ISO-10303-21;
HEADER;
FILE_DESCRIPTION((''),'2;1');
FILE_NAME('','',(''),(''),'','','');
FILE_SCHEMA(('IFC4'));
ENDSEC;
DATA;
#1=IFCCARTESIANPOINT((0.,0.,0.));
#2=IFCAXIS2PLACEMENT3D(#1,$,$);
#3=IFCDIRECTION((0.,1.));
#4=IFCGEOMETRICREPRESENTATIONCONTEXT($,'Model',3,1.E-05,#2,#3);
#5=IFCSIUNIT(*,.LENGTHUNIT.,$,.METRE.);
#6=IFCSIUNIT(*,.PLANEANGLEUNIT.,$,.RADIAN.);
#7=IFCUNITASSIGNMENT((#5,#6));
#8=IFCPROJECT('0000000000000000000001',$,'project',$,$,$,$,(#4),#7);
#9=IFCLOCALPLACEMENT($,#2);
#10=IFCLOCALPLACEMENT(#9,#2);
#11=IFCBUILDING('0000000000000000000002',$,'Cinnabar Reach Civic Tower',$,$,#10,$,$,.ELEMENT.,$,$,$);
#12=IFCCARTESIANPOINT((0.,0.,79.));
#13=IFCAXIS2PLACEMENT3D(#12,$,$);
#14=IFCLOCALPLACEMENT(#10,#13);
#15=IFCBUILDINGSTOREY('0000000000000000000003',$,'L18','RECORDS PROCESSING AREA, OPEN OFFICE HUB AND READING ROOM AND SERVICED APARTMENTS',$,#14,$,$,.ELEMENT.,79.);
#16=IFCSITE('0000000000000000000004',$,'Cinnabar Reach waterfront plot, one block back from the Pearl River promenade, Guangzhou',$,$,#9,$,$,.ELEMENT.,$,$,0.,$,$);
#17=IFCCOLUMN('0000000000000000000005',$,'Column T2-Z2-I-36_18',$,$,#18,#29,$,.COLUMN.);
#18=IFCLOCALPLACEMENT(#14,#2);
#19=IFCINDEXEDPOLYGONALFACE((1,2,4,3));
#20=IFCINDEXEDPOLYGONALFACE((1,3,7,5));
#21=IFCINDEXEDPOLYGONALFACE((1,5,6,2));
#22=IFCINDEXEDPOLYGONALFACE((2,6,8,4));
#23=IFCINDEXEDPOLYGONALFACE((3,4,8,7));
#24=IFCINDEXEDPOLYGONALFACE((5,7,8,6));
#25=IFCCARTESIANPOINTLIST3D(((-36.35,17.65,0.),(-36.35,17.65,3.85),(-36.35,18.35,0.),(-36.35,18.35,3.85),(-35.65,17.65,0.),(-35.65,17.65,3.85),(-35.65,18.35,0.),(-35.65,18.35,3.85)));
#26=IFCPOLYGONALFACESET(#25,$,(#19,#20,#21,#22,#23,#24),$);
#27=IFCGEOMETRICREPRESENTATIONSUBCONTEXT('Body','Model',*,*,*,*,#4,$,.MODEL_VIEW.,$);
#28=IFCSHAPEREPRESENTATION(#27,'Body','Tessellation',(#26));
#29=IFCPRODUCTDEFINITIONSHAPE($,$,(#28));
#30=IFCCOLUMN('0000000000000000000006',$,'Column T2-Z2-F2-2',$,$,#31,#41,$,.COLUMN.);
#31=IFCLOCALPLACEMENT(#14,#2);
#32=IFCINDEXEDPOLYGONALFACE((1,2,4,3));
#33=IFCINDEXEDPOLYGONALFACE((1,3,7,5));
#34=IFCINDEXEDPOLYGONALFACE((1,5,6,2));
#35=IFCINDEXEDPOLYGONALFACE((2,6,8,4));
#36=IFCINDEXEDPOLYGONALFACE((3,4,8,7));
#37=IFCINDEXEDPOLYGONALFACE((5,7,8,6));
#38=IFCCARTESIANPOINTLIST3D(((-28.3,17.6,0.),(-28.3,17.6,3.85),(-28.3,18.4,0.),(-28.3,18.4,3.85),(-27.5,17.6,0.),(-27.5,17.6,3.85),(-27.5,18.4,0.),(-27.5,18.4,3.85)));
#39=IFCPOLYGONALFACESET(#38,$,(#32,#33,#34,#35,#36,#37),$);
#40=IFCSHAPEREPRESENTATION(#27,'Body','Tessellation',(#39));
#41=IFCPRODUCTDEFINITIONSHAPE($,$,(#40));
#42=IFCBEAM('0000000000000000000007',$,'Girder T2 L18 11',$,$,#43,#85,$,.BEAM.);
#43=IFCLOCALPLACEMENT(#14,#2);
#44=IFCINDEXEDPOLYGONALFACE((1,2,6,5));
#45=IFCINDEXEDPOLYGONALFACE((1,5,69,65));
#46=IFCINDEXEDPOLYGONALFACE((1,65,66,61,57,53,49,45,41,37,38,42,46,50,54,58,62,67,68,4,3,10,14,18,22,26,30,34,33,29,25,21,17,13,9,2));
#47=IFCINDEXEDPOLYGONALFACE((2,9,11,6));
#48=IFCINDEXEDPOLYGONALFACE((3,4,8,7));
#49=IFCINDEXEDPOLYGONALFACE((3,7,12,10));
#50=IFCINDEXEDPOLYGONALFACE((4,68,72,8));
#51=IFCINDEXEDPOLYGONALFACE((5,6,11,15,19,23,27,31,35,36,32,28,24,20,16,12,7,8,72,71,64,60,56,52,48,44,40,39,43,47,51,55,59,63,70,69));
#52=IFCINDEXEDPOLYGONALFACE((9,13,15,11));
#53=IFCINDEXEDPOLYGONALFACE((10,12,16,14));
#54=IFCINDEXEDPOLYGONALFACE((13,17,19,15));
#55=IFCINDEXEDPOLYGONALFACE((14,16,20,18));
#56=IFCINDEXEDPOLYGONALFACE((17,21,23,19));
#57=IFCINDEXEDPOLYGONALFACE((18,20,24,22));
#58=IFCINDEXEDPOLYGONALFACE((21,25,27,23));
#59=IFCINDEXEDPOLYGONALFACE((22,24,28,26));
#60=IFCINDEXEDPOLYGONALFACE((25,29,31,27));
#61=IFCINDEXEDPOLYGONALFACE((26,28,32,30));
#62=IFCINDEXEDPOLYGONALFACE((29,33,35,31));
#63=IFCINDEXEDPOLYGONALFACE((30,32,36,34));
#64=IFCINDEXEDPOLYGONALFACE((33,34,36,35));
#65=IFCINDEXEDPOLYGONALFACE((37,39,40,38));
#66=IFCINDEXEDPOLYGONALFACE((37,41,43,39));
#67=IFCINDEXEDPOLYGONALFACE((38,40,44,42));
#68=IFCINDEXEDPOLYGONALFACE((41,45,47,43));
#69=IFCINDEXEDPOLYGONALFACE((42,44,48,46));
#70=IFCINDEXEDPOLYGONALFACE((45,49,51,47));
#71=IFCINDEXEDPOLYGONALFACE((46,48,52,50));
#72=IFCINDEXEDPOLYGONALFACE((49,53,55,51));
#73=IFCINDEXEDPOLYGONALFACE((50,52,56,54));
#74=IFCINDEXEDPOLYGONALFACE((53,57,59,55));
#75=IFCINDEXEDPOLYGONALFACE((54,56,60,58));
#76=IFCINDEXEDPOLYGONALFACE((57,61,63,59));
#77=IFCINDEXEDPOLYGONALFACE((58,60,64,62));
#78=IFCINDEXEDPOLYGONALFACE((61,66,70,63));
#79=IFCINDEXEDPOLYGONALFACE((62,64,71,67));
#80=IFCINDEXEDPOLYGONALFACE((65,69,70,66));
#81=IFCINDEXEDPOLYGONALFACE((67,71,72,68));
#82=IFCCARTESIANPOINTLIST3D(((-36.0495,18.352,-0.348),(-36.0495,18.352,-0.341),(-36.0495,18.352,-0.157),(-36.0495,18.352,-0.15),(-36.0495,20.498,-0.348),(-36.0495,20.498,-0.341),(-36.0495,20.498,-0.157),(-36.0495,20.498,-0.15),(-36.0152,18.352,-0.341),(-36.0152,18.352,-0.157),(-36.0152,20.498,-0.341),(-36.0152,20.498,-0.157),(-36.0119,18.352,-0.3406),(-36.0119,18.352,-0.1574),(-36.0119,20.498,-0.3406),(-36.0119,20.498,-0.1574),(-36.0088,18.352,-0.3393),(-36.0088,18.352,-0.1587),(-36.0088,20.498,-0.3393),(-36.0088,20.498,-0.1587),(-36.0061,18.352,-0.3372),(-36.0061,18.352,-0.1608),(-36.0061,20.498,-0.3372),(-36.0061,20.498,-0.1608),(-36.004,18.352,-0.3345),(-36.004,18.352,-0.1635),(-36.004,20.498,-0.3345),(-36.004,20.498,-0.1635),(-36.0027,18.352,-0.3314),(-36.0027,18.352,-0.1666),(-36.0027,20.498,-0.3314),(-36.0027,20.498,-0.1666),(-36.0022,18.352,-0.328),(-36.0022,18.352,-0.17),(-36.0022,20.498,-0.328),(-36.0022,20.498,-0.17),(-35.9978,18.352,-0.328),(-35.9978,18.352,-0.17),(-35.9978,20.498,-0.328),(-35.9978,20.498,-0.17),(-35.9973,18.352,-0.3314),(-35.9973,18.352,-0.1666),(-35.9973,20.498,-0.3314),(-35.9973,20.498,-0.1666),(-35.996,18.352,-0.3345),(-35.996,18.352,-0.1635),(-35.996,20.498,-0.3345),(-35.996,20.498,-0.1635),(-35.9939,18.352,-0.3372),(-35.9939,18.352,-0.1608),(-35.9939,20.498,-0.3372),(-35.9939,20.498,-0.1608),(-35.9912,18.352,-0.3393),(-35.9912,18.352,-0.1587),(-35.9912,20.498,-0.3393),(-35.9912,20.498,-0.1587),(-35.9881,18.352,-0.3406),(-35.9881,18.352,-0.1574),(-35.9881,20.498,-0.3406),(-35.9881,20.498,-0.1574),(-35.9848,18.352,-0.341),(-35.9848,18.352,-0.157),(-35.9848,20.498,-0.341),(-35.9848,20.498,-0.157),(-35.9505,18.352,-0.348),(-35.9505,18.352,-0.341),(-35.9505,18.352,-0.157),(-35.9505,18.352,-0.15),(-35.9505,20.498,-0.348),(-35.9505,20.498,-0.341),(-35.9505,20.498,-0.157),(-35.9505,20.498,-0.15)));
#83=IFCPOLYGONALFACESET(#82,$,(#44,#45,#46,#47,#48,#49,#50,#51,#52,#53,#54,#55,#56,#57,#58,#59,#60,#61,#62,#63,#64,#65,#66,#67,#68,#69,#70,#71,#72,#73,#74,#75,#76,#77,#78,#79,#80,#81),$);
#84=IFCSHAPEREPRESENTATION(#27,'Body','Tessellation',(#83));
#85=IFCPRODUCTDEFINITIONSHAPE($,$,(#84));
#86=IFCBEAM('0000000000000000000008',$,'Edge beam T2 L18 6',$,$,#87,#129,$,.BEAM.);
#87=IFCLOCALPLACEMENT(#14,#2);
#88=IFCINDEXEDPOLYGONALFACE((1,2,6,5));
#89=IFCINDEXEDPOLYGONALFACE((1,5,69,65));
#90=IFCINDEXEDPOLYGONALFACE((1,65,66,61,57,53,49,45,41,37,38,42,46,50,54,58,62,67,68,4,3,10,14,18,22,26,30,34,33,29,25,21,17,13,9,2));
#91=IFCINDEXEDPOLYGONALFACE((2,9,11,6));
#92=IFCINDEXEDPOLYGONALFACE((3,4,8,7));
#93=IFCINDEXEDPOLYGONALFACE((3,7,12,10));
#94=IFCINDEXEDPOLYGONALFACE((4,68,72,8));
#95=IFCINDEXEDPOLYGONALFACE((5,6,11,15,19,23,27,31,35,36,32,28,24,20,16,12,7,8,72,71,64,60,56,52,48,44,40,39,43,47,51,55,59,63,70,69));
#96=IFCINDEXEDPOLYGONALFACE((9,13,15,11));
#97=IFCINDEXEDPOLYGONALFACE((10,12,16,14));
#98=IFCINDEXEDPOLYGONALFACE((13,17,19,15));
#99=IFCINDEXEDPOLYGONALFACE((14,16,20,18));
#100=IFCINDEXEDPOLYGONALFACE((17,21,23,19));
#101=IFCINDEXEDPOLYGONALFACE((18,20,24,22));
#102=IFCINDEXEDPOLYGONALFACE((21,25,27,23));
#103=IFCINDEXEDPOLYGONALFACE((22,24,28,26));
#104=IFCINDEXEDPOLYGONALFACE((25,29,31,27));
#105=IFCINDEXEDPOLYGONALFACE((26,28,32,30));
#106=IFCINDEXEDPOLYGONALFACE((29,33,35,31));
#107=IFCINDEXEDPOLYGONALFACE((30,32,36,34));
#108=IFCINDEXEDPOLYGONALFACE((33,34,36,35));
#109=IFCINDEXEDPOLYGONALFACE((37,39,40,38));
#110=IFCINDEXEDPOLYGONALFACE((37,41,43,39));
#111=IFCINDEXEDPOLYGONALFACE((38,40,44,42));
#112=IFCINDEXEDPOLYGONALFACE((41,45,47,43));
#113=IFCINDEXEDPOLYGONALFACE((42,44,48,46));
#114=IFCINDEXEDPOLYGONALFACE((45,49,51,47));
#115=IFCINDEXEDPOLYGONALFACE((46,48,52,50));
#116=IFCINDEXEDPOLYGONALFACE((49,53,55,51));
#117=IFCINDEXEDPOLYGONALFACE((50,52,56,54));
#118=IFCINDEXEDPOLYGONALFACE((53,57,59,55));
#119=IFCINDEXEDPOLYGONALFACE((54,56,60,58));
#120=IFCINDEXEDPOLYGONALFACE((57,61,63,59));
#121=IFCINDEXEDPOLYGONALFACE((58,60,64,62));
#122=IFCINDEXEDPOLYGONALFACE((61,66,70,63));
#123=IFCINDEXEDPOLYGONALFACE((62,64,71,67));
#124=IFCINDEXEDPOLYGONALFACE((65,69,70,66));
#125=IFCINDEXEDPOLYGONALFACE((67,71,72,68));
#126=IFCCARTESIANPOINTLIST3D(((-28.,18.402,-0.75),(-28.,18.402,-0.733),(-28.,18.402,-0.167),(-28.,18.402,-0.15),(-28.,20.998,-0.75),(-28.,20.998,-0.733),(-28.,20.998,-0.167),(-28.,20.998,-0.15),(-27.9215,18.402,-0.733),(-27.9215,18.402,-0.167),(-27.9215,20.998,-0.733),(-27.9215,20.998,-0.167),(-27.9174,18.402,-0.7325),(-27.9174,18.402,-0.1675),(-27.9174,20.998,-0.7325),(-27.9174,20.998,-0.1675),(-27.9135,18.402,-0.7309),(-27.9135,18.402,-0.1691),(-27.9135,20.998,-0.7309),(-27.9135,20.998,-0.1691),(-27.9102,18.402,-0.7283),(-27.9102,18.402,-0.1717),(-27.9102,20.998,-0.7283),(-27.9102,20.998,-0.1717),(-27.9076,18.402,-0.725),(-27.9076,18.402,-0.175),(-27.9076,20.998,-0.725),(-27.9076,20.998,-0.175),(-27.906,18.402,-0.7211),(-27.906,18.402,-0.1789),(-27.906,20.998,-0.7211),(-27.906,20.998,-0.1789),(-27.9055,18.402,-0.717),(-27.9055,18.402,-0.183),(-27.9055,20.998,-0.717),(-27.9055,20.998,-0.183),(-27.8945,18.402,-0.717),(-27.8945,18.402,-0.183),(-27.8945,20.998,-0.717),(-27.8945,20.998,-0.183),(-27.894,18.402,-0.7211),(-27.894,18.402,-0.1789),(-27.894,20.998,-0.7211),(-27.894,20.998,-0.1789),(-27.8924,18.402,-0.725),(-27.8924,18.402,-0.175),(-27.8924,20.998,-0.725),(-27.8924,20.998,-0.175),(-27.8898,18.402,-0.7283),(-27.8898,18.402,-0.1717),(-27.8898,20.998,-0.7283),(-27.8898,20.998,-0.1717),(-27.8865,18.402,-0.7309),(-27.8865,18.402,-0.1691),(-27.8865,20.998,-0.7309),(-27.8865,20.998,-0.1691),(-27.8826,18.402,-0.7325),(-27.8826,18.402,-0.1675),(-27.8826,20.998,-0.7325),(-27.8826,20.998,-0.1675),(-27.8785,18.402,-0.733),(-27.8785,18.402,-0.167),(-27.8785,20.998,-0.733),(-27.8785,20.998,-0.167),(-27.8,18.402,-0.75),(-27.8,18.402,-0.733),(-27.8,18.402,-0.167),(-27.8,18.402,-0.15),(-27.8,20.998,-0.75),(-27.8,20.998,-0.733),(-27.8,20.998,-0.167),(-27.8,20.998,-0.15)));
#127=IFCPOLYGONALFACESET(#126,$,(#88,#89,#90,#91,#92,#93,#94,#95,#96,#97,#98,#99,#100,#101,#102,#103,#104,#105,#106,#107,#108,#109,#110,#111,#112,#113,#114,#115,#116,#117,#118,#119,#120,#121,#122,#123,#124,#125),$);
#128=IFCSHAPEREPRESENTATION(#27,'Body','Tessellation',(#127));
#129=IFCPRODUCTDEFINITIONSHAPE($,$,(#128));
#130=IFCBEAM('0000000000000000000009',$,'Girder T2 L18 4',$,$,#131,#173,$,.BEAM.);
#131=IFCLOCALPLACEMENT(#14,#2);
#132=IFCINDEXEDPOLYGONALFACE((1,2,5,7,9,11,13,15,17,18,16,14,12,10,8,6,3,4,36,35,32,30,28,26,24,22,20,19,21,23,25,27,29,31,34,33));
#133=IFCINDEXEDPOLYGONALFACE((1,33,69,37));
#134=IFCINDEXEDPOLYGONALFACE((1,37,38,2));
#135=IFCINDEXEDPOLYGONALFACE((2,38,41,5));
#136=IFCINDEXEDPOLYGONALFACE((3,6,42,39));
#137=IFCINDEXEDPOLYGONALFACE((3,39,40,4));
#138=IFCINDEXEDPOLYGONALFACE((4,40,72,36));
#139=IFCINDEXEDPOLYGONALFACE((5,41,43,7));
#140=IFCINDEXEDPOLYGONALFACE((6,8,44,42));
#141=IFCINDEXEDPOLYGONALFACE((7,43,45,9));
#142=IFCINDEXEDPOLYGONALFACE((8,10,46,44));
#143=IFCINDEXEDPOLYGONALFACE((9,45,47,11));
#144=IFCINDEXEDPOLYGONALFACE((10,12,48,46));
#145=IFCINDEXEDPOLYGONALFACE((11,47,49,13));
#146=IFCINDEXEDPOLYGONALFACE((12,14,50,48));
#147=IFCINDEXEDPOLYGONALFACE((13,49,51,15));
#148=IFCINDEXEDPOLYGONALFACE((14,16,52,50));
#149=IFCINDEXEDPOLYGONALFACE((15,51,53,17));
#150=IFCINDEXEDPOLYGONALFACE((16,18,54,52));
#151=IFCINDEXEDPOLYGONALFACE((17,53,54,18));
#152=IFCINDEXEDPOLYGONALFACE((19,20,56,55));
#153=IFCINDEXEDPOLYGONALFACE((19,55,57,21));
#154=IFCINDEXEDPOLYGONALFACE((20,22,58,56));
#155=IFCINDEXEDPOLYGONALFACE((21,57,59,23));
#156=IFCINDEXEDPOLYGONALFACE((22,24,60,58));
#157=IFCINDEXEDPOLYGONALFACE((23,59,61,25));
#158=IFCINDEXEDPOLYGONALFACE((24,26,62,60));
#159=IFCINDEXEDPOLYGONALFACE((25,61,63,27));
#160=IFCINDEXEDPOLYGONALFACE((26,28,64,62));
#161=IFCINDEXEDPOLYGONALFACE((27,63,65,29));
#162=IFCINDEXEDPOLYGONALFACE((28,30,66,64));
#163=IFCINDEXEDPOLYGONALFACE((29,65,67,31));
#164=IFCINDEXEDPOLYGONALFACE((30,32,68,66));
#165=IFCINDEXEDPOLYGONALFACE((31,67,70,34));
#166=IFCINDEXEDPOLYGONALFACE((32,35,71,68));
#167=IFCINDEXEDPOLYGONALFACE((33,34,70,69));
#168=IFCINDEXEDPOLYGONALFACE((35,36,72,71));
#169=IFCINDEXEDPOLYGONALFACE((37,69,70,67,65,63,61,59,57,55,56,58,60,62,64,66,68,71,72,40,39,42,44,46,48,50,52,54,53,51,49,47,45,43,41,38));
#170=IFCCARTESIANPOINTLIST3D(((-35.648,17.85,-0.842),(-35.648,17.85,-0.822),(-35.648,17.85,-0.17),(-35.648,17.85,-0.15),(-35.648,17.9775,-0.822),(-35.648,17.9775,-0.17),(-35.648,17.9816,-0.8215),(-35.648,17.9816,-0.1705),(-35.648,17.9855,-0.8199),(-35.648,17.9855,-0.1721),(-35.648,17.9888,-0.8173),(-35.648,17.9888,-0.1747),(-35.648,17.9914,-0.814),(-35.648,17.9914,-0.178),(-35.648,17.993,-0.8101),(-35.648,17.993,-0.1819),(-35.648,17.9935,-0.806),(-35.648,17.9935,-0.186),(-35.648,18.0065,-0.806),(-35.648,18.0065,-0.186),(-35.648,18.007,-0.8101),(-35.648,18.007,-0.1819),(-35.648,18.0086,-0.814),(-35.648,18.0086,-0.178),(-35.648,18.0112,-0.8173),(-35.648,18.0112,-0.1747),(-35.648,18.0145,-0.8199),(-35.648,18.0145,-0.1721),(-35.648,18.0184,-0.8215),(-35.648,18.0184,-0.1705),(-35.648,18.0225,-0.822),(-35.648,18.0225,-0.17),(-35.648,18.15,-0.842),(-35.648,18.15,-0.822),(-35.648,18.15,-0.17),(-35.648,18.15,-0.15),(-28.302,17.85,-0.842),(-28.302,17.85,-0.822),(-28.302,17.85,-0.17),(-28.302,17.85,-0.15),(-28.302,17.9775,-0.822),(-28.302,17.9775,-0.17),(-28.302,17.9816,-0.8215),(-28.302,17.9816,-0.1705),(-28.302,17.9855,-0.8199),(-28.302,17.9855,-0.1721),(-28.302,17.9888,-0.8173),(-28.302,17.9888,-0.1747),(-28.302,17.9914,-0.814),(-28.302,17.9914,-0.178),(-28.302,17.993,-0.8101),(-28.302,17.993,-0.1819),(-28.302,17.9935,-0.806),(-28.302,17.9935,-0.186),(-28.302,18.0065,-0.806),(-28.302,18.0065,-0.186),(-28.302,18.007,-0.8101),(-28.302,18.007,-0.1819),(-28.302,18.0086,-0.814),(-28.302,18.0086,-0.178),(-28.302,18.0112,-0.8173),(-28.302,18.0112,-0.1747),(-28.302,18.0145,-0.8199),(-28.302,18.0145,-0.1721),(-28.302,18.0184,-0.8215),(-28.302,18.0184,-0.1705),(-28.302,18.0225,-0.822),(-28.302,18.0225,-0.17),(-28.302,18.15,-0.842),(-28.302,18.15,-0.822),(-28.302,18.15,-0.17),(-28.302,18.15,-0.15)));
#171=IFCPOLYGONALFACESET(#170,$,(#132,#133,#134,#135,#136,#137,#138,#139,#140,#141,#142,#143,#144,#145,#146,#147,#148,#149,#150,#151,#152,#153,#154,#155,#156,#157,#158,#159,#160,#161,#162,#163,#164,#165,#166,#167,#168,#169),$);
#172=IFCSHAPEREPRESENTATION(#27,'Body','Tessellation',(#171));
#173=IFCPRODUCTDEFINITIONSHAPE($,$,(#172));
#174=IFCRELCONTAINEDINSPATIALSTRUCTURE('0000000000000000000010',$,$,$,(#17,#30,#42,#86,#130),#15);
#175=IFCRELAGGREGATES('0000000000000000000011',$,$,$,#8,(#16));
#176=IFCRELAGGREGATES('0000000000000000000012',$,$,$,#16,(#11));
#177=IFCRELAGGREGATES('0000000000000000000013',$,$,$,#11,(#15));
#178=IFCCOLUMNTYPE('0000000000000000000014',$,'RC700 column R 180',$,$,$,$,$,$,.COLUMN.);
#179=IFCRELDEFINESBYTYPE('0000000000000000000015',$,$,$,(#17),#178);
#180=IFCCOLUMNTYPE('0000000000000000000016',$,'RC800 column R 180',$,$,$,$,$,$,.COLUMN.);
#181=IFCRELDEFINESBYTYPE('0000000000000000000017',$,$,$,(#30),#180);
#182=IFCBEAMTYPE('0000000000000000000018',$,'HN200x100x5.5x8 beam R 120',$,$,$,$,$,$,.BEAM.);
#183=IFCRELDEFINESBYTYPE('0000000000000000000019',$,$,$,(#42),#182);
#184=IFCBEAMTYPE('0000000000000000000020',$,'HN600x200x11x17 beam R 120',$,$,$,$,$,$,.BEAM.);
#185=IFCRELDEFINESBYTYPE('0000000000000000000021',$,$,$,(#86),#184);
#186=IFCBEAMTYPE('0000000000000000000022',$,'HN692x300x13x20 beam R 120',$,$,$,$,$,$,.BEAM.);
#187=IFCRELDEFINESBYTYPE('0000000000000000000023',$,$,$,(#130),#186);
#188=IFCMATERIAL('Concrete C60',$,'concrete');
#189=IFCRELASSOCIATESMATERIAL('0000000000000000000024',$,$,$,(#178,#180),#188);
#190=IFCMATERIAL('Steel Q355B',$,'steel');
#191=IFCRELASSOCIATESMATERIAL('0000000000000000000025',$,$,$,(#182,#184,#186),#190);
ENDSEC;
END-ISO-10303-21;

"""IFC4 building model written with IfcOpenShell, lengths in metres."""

from ifc_helpers import new_model, si_unit, direction, frame, origin, origin_2d, place, context, subcontext, project, spatial, rectangle, i_section, extrude, material, material_profile, profile_set, type_object, element, save


model = new_model("IFC4")

# Units and contexts
model_context = context("Model", 3, precision=1e-05, world=origin(), true_north=direction((0.0, 1.0)))
body_context = subcontext(model_context, "Body", "Model", "MODEL_VIEW")
ifc_project = project(units=[si_unit("LENGTHUNIT", "METRE"), si_unit("PLANEANGLEUNIT", "RADIAN")], contexts=[model_context])

# Site, building, storey
site_placement = place(None, origin())
site = spatial("IfcSite", under=ifc_project, at=site_placement, Name="Cinnabar Reach waterfront plot, one block back from the Pearl River promenade, Guangzhou", CompositionType="ELEMENT", RefElevation=0.0)
building_placement = place(site_placement, origin())
building = spatial("IfcBuilding", under=site, at=building_placement, Name="Cinnabar Reach Civic Tower", CompositionType="ELEMENT")
storey_placement = place(building_placement, frame((0.0, 0.0, 79.0)))
storey = spatial("IfcBuildingStorey", under=building, at=storey_placement, Name="L18", Description="RECORDS PROCESSING AREA, OPEN OFFICE HUB AND READING ROOM AND SERVICED APARTMENTS", CompositionType="ELEMENT", Elevation=79.0)

# Columns
ifc_material_1 = material(Name="Concrete C60", Category="concrete")
ifc_material_profile_1 = material_profile(ifc_material_1, rectangle(XDim=0.7, YDim=0.7, at=origin_2d()), Name="RC700")
ifc_profile_set_1 = profile_set([ifc_material_profile_1], Name="Concrete C60")
column_type_1 = type_object("IfcColumnType", Name="RC700 column R 180", PredefinedType="COLUMN", material=ifc_profile_set_1)
column_1_placement = place(storey_placement, frame((-36.0, 18.0, 0.0), z_axis=(0.0, 0.0, 1.0), x_axis=(1.0, 0.0, 0.0)))
element("IfcColumn", 1, at=column_1_placement, inside=storey, type_object=column_type_1, Name="Column T2-Z2-I-36_18", PredefinedType="COLUMN", context=body_context, shape_type="SweptSolid", body=[
    extrude(rectangle(XDim=0.7, YDim=0.7, at=origin_2d()), origin(), (0.0, 0.0, 1.0), 3.85),
])
ifc_material_profile_2 = material_profile(ifc_material_1, rectangle(XDim=0.8, YDim=0.8, at=origin_2d()), Name="RC800")
ifc_profile_set_2 = profile_set([ifc_material_profile_2], Name="Concrete C60")
column_type_2 = type_object("IfcColumnType", Name="RC800 column R 180", PredefinedType="COLUMN", material=ifc_profile_set_2)
column_2_placement = place(storey_placement, frame((-27.9, 18.0, 0.0), z_axis=(0.0, 0.0, 1.0), x_axis=(1.0, 0.0, 0.0)))
element("IfcColumn", 2, at=column_2_placement, inside=storey, type_object=column_type_2, Name="Column T2-Z2-F2-2", PredefinedType="COLUMN", context=body_context, shape_type="SweptSolid", body=[
    extrude(rectangle(XDim=0.8, YDim=0.8, at=origin_2d()), origin(), (0.0, 0.0, 1.0), 3.85),
])

# Beams
ifc_material_2 = material(Name="Steel Q355B", Category="steel")
ifc_material_profile_3 = material_profile(ifc_material_2, i_section(OverallWidth=0.099, OverallDepth=0.198, WebThickness=0.0045, FlangeThickness=0.007, FilletRadius=0.013, at=origin_2d()), Name="HN200x100x5.5x8")
ifc_profile_set_3 = profile_set([ifc_material_profile_3], Name="Steel Q355B")
beam_type_1 = type_object("IfcBeamType", Name="HN200x100x5.5x8 beam R 120", PredefinedType="BEAM", material=ifc_profile_set_3)
beam_1_placement = place(storey_placement, frame((-36.0, 18.352, -0.249), z_axis=(0.0, 1.0, 0.0), x_axis=(-1.0, 0.0, 0.0)))
element("IfcBeam", 3, at=beam_1_placement, inside=storey, type_object=beam_type_1, Name="Girder T2 L18 11", PredefinedType="BEAM", context=body_context, shape_type="SweptSolid", body=[
    extrude(i_section(OverallWidth=0.099, OverallDepth=0.198, WebThickness=0.0045, FlangeThickness=0.007, FilletRadius=0.013, at=origin_2d()), origin(), (0.0, 0.0, 1.0), 2.146),
])
ifc_material_profile_4 = material_profile(ifc_material_2, i_section(OverallWidth=0.2, OverallDepth=0.6, WebThickness=0.011, FlangeThickness=0.017, FilletRadius=0.016, at=origin_2d()), Name="HN600x200x11x17")
ifc_profile_set_4 = profile_set([ifc_material_profile_4], Name="Steel Q355B")
beam_type_2 = type_object("IfcBeamType", Name="HN600x200x11x17 beam R 120", PredefinedType="BEAM", material=ifc_profile_set_4)
beam_2_placement = place(storey_placement, frame((-27.9, 18.402, -0.45), z_axis=(0.0, 1.0, 0.0), x_axis=(-1.0, 0.0, 0.0)))
element("IfcBeam", 4, at=beam_2_placement, inside=storey, type_object=beam_type_2, Name="Edge beam T2 L18 6", PredefinedType="BEAM", context=body_context, shape_type="SweptSolid", body=[
    extrude(i_section(OverallWidth=0.2, OverallDepth=0.6, WebThickness=0.011, FlangeThickness=0.017, FilletRadius=0.016, at=origin_2d()), origin(), (0.0, 0.0, 1.0), 2.596),
])
ifc_material_profile_5 = material_profile(ifc_material_2, i_section(OverallWidth=0.3, OverallDepth=0.692, WebThickness=0.013, FlangeThickness=0.02, FilletRadius=0.016, at=origin_2d()), Name="HN692x300x13x20")
ifc_profile_set_5 = profile_set([ifc_material_profile_5], Name="Steel Q355B")
beam_type_3 = type_object("IfcBeamType", Name="HN692x300x13x20 beam R 120", PredefinedType="BEAM", material=ifc_profile_set_5)
beam_3_placement = place(storey_placement, frame((-35.648, 18.0, -0.496), z_axis=(1.0, 0.0, 0.0), x_axis=(0.0, 1.0, 0.0)))
element("IfcBeam", 5, at=beam_3_placement, inside=storey, type_object=beam_type_3, Name="Girder T2 L18 4", PredefinedType="BEAM", context=body_context, shape_type="SweptSolid", body=[
    extrude(i_section(OverallWidth=0.3, OverallDepth=0.692, WebThickness=0.013, FlangeThickness=0.02, FilletRadius=0.016, at=origin_2d()), origin(), (0.0, 0.0, 1.0), 7.346),
])

save(model, "model.ifc")
